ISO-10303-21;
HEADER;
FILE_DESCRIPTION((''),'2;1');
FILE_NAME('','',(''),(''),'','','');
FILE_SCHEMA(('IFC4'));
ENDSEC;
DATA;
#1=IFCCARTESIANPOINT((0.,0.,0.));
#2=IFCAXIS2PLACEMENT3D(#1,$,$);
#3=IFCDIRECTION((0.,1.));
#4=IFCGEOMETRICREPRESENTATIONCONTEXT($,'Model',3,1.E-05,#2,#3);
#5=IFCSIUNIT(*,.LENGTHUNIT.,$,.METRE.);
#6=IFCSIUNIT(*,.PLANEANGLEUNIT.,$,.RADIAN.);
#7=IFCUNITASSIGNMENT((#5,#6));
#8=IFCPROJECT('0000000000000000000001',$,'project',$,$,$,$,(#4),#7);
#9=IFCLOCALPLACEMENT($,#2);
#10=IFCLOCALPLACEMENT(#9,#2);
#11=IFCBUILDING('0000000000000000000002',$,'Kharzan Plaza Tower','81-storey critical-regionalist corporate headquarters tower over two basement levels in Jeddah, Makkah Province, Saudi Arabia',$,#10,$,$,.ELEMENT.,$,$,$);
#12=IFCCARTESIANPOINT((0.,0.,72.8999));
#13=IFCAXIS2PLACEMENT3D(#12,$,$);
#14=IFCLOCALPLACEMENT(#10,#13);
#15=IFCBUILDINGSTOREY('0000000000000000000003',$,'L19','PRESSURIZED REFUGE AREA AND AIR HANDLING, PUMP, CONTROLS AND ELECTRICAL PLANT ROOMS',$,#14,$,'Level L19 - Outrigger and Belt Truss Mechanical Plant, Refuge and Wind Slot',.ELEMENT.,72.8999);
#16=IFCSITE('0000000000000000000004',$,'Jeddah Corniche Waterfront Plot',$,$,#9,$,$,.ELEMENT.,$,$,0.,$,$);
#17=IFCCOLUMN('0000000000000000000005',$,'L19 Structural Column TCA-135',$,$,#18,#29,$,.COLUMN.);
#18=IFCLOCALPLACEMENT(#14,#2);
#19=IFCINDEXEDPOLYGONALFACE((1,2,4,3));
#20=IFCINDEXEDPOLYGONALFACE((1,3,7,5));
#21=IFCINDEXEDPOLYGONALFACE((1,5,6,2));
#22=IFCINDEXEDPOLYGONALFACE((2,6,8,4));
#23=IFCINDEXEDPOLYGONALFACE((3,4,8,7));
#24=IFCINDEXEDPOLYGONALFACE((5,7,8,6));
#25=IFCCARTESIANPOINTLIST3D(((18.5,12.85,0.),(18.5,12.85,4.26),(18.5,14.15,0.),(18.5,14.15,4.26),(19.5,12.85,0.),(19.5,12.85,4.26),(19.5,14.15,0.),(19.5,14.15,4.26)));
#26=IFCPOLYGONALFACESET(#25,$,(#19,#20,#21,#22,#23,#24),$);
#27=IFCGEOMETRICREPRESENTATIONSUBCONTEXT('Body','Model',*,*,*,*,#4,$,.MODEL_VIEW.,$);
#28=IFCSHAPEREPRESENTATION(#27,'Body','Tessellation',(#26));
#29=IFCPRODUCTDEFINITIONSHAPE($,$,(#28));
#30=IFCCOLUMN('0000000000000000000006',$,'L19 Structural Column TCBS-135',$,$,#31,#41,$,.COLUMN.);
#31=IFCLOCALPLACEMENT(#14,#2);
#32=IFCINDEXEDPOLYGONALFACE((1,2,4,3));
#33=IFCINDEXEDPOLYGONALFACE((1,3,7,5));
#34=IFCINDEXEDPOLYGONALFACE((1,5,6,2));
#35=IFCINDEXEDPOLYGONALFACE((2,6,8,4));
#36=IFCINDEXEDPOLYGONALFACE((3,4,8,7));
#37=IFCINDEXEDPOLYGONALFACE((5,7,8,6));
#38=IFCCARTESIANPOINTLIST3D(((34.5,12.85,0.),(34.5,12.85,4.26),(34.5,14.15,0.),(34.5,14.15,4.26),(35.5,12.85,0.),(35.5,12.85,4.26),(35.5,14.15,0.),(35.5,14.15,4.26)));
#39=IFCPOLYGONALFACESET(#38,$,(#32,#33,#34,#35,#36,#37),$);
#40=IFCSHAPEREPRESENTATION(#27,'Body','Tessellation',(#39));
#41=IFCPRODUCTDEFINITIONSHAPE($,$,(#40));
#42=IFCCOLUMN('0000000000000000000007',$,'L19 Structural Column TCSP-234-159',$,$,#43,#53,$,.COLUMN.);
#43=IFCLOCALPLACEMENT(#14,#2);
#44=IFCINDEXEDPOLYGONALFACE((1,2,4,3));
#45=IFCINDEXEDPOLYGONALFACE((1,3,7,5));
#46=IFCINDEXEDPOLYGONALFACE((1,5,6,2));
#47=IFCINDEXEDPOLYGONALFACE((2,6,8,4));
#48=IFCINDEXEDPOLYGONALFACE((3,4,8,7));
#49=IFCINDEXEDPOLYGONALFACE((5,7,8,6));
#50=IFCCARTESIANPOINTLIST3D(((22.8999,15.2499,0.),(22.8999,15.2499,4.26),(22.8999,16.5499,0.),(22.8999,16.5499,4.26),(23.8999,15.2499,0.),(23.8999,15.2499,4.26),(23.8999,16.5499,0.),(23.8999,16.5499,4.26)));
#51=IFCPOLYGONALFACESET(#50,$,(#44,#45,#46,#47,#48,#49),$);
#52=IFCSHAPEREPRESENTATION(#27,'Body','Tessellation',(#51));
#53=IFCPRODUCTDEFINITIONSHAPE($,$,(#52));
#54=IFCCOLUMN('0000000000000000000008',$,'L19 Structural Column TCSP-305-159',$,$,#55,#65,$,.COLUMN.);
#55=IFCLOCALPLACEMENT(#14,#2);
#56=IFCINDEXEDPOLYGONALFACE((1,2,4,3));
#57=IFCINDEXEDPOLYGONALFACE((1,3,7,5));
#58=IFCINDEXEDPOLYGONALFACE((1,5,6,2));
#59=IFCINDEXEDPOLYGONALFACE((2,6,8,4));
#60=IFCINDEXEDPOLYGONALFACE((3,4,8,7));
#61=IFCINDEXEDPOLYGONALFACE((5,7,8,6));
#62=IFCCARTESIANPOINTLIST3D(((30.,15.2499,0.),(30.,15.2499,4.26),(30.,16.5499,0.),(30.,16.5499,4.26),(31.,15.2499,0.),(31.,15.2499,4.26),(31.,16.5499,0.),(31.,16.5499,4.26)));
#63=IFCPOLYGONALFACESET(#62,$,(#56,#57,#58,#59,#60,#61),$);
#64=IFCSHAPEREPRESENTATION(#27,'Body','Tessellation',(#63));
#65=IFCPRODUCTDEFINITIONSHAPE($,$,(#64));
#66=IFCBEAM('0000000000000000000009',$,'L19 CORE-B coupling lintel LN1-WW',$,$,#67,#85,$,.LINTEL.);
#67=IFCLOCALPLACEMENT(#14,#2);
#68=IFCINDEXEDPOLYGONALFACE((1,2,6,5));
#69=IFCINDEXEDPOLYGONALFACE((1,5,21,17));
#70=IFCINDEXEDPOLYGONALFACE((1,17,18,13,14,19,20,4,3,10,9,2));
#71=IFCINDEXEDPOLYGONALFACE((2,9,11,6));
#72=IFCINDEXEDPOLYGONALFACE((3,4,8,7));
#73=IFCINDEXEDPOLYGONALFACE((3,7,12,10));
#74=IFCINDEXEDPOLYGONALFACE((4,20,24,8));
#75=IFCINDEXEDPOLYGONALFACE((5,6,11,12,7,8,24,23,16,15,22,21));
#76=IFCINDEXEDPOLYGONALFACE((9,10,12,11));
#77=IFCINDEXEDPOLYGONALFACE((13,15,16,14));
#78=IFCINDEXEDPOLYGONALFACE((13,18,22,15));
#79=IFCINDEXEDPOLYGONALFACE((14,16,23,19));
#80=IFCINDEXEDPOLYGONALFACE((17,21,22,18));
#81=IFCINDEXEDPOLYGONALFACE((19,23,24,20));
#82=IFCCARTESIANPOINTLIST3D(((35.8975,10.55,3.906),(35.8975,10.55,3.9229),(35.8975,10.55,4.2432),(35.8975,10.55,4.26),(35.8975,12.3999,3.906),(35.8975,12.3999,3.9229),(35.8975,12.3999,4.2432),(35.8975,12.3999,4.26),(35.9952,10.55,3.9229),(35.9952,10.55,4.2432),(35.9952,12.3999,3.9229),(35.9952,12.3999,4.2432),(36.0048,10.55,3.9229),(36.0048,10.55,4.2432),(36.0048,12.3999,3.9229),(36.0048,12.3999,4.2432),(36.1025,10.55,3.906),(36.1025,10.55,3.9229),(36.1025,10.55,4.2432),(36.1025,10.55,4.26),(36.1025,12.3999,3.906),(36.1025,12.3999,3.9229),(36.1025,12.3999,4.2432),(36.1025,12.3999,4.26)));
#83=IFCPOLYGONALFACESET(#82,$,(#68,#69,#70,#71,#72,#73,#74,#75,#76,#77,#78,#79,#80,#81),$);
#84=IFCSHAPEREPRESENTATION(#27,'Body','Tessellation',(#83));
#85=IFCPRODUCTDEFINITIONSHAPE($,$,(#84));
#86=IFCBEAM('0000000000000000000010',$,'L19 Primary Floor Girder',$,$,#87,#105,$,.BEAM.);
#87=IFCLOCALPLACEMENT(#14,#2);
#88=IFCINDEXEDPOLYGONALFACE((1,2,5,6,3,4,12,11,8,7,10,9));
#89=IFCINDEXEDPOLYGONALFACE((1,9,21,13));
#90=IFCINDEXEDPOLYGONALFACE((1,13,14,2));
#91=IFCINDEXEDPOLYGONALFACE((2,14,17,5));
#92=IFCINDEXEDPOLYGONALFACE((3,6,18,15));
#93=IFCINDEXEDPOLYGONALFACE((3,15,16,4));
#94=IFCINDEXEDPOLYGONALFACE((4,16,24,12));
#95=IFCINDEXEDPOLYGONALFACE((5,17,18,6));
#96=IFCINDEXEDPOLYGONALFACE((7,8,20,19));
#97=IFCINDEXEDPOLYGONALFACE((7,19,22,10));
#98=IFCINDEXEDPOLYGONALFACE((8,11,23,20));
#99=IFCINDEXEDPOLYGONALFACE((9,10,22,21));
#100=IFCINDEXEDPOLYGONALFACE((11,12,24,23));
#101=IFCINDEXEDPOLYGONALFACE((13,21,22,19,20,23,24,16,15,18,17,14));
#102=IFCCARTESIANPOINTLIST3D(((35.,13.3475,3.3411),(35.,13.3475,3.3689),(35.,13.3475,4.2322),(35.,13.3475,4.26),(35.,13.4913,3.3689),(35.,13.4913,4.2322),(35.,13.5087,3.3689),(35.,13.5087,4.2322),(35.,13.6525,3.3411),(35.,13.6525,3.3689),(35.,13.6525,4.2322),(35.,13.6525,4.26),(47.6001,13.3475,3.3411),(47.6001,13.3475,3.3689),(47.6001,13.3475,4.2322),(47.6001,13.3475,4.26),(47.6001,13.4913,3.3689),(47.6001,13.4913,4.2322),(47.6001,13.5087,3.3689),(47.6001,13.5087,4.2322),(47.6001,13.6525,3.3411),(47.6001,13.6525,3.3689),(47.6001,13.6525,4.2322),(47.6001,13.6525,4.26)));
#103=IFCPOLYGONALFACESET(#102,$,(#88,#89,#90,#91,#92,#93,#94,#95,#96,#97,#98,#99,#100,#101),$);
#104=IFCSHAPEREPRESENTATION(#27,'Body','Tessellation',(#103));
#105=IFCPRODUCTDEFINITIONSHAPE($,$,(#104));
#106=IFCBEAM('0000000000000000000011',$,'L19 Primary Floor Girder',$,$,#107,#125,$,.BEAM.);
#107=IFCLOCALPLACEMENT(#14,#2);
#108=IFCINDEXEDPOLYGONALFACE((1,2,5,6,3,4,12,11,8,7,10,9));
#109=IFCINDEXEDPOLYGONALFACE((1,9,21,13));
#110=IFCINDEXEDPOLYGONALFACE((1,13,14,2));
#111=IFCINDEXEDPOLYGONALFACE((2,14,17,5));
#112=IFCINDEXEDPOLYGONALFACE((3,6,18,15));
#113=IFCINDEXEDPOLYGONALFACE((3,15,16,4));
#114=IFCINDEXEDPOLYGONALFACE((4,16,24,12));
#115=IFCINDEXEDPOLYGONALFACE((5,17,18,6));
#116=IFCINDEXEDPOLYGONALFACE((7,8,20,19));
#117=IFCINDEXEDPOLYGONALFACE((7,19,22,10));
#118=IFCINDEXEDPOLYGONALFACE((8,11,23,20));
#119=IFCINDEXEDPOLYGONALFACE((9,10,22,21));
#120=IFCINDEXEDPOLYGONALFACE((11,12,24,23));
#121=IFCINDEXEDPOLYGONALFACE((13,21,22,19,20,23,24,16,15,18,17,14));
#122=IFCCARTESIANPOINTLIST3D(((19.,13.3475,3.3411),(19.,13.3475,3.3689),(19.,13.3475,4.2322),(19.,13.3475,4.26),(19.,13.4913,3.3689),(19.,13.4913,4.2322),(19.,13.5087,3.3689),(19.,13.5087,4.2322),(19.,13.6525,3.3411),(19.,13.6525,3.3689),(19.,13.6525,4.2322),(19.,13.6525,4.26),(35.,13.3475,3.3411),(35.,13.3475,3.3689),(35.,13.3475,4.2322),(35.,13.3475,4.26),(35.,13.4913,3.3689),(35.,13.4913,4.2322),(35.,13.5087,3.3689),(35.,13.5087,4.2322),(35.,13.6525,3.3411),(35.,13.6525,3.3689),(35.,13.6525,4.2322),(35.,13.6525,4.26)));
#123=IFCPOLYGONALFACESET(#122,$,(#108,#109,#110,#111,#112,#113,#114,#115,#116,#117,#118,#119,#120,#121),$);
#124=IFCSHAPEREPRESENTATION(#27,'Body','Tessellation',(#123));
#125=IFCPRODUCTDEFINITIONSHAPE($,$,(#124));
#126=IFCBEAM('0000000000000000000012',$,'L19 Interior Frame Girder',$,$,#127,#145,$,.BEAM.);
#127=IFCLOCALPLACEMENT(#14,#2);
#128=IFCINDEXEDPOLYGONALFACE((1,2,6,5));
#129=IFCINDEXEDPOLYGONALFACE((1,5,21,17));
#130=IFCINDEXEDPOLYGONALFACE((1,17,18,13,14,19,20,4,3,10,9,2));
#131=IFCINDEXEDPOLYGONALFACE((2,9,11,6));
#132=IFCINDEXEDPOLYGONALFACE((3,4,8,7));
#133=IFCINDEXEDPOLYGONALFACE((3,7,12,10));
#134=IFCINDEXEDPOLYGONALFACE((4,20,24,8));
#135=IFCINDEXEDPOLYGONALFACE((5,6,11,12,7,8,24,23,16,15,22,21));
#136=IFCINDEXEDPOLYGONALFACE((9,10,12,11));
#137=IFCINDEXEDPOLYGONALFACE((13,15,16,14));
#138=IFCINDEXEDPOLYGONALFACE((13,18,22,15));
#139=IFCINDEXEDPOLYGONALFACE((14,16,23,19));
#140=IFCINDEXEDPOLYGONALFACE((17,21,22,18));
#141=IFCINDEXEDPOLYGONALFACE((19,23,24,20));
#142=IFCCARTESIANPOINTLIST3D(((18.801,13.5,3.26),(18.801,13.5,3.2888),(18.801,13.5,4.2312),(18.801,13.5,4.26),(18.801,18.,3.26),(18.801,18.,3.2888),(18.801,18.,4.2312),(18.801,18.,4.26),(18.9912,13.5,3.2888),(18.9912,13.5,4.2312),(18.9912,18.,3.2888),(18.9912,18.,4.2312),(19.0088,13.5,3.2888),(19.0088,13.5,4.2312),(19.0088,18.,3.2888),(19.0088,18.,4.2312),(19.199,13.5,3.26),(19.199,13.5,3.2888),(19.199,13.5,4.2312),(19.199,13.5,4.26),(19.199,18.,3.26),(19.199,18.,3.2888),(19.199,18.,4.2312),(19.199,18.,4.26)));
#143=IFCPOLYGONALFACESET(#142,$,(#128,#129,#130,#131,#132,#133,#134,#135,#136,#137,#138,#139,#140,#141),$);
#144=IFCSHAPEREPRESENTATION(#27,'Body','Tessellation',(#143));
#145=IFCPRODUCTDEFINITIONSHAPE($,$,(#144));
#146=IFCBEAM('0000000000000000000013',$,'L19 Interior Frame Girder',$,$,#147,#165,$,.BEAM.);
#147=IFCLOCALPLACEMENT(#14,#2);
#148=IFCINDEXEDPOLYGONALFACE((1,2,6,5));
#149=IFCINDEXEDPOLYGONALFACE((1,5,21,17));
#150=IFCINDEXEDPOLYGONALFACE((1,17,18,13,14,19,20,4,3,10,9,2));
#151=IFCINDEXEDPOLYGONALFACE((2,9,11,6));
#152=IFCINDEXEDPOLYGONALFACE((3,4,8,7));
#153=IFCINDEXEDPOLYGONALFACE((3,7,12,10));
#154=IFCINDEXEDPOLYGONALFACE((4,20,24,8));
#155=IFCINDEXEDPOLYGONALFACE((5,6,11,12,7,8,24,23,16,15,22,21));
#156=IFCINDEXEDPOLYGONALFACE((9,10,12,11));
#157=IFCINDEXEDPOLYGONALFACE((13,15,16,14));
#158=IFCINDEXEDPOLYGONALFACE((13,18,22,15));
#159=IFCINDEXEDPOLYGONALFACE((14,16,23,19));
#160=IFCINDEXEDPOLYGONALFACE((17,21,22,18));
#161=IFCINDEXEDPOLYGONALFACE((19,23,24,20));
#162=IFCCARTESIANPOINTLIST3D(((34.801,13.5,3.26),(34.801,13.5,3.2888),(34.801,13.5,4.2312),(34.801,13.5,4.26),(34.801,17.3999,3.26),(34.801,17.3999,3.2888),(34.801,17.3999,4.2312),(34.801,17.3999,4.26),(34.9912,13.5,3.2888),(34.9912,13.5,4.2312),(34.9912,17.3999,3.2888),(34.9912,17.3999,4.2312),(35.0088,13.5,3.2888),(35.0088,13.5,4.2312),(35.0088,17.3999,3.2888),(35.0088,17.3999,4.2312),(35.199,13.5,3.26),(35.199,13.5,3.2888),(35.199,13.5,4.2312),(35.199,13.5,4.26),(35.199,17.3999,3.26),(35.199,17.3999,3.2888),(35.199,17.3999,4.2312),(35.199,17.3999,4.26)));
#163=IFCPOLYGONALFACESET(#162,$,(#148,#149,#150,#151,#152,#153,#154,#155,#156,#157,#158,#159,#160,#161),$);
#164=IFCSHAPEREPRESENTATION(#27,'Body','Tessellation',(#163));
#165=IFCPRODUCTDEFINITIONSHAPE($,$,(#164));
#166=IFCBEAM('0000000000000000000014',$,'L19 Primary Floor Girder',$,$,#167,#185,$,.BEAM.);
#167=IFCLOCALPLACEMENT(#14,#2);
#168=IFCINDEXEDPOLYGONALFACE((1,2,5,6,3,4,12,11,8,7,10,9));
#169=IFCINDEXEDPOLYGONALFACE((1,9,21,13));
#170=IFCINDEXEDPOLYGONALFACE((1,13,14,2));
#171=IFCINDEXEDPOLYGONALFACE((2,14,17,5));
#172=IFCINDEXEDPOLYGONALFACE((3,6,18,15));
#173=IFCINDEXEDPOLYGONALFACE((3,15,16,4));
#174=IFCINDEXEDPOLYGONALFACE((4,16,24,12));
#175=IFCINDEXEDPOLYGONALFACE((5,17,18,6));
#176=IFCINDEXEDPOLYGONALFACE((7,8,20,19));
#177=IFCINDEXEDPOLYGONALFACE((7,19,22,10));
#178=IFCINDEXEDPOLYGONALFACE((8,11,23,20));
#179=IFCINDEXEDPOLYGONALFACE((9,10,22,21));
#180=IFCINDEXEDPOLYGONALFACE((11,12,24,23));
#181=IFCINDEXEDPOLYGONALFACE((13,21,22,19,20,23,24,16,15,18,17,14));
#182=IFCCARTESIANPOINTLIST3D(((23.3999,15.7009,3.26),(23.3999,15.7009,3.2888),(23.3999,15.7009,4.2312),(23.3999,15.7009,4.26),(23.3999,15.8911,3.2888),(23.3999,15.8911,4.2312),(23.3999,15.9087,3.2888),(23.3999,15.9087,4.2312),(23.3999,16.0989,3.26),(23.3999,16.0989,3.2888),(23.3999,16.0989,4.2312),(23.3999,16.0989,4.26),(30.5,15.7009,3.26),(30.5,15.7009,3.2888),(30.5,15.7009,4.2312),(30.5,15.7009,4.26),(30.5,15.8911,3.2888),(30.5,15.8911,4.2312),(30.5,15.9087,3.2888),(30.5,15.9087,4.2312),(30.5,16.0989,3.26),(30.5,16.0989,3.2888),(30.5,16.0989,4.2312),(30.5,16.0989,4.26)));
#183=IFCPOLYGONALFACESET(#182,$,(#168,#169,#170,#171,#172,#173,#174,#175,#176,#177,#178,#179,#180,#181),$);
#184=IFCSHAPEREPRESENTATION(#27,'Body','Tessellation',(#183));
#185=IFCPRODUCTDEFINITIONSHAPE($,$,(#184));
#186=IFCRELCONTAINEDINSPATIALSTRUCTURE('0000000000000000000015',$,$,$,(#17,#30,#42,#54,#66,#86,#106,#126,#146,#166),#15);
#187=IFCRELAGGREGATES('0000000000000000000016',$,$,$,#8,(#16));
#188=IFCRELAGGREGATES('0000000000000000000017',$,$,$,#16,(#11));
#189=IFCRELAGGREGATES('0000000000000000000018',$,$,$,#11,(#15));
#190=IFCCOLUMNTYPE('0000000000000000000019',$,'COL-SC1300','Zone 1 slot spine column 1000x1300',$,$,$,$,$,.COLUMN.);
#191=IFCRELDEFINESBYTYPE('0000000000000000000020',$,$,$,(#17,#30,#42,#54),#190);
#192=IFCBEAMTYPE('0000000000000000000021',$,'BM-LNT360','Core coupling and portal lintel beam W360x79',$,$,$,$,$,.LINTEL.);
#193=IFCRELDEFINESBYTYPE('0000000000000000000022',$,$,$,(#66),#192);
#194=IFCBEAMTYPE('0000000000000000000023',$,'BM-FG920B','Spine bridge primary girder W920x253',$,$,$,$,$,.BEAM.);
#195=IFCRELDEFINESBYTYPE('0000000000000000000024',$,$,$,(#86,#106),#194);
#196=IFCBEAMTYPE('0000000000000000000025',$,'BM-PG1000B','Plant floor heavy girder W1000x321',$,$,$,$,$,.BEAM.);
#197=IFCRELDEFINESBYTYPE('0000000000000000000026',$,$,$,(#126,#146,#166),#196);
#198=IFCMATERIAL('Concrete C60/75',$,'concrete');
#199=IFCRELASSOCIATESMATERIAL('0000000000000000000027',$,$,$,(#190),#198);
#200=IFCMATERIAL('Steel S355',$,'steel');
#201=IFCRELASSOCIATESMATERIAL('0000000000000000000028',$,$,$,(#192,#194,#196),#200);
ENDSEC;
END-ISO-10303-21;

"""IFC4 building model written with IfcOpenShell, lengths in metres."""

from ifc_helpers import new_model, si_unit, direction, frame, origin, origin_2d, place, context, subcontext, project, spatial, rectangle, i_section, extrude, source, transform, mapped, material, material_profile, profile_set, type_object, element, save


model = new_model("IFC4")

# Units and contexts
model_context = context("Model", 3, precision=1e-05, world=origin(), true_north=direction((0.0, 1.0)))
body_context = subcontext(model_context, "Body", "Model", "MODEL_VIEW")
ifc_project = project(units=[si_unit("LENGTHUNIT", "METRE"), si_unit("PLANEANGLEUNIT", "RADIAN")], contexts=[model_context])

# Site, building, storey
site_placement = place(None, origin())
site = spatial("IfcSite", under=ifc_project, at=site_placement, Name="Jeddah Corniche Waterfront Plot", CompositionType="ELEMENT", RefElevation=0.0)
building_placement = place(site_placement, origin())
building = spatial("IfcBuilding", under=site, at=building_placement, Name="Kharzan Plaza Tower", Description="81-storey critical-regionalist corporate headquarters tower over two basement levels in Jeddah, Makkah Province, Saudi Arabia", CompositionType="ELEMENT")
storey_placement = place(building_placement, frame((0.0, 0.0, 72.8999)))
storey = spatial("IfcBuildingStorey", under=building, at=storey_placement, Name="L19", Description="PRESSURIZED REFUGE AREA AND AIR HANDLING, PUMP, CONTROLS AND ELECTRICAL PLANT ROOMS", LongName="Level L19 - Outrigger and Belt Truss Mechanical Plant, Refuge and Wind Slot", CompositionType="ELEMENT", Elevation=72.8999)

# Columns
ifc_material_1 = material(Name="Concrete C60/75", Category="concrete")
ifc_material_profile_1 = material_profile(ifc_material_1, rectangle(XDim=1.0, YDim=1.3, at=origin_2d()), Name="RC-SC1300x1000")
ifc_profile_set_1 = profile_set([ifc_material_profile_1], Name="Concrete C60/75")
column_type = type_object("IfcColumnType", Name="COL-SC1300", Description="Zone 1 slot spine column 1000x1300", PredefinedType="COLUMN", material=ifc_profile_set_1)
shared_shape_1 = source(origin(), body_context, "Body", "SweptSolid", [
    extrude(rectangle(XDim=1.0, YDim=1.3, at=origin_2d()), origin(), (0.0, 0.0, 1.0), 4.26),
])
for number, where, z_axis, x_axis, name in (
    (1, (19.0, 13.5, 0.0), (0.0, 0.0, 1.0), (1.0, 0.0, 0.0), "L19 Structural Column TCA-135"),
    (2, (35.0, 13.5, 0.0), (0.0, 0.0, 1.0), (1.0, 0.0, 0.0), "L19 Structural Column TCBS-135"),
    (3, (23.3999, 15.8999, 0.0), (0.0, 0.0, 1.0), (1.0, 0.0, 0.0), "L19 Structural Column TCSP-234-159"),
    (4, (30.5, 15.8999, 0.0), (0.0, 0.0, 1.0), (1.0, 0.0, 0.0), "L19 Structural Column TCSP-305-159"),
):
    element("IfcColumn", number, at=place(storey_placement, frame(where, z_axis=z_axis, x_axis=x_axis)), inside=storey, type_object=column_type, Name=name, PredefinedType="COLUMN", context=body_context, shape_type="MappedRepresentation", body=[
        mapped(shared_shape_1, transform((0.0, 0.0, 0.0), x_axis=(1.0, 0.0, 0.0), y_axis=(0.0, 1.0, 0.0), z_axis=(0.0, 0.0, 1.0))),
    ])

# Beams
ifc_material_2 = material(Name="Steel S355", Category="steel")
ifc_material_profile_2 = material_profile(ifc_material_2, i_section(OverallWidth=0.2051, OverallDepth=0.354, WebThickness=0.0095, FlangeThickness=0.0168, at=origin_2d()), Name="W360x79")
ifc_profile_set_2 = profile_set([ifc_material_profile_2], Name="Steel S355")
beam_type_1 = type_object("IfcBeamType", Name="BM-LNT360", Description="Core coupling and portal lintel beam W360x79", PredefinedType="LINTEL", material=ifc_profile_set_2)
shared_shape_2 = source(origin(), body_context, "Body", "SweptSolid", [
    extrude(i_section(OverallWidth=0.2051, OverallDepth=0.354, WebThickness=0.0095, FlangeThickness=0.0168, at=origin_2d()), origin(), (0.0, 0.0, 1.0), 1.8499),
])
beam_1_placement = place(storey_placement, frame((36.0, 10.55, 4.083), z_axis=(0.0, 1.0, 0.0), x_axis=(-1.0, 0.0, 0.0)))
element("IfcBeam", 5, at=beam_1_placement, inside=storey, type_object=beam_type_1, Name="L19 CORE-B coupling lintel LN1-WW", PredefinedType="LINTEL", context=body_context, shape_type="MappedRepresentation", body=[
    mapped(shared_shape_2, transform((0.0, 0.0, 0.0), x_axis=(1.0, 0.0, 0.0), y_axis=(0.0, 1.0, 0.0), z_axis=(0.0, 0.0, 1.0))),
])
ifc_material_profile_3 = material_profile(ifc_material_2, i_section(OverallWidth=0.3049, OverallDepth=0.9189, WebThickness=0.0173, FlangeThickness=0.0278, at=origin_2d()), Name="W920x253")
ifc_profile_set_3 = profile_set([ifc_material_profile_3], Name="Steel S355")
beam_type_2 = type_object("IfcBeamType", Name="BM-FG920B", Description="Spine bridge primary girder W920x253", PredefinedType="BEAM", material=ifc_profile_set_3)
shared_shape_3 = source(origin(), body_context, "Body", "SweptSolid", [
    extrude(i_section(OverallWidth=0.3049, OverallDepth=0.9189, WebThickness=0.0173, FlangeThickness=0.0278, at=origin_2d()), origin(), (0.0, 0.0, 1.0), 12.6001),
])
beam_2_placement = place(storey_placement, frame((35.0, 13.5, 3.8005), z_axis=(1.0, 0.0, 0.0), x_axis=(0.0, 1.0, 0.0)))
element("IfcBeam", 6, at=beam_2_placement, inside=storey, type_object=beam_type_2, Name="L19 Primary Floor Girder", PredefinedType="BEAM", context=body_context, shape_type="MappedRepresentation", body=[
    mapped(shared_shape_3, transform((0.0, 0.0, 0.0), x_axis=(1.0, 0.0, 0.0), y_axis=(0.0, 1.0, 0.0), z_axis=(0.0, 0.0, 1.0))),
])
shared_shape_4 = source(origin(), body_context, "Body", "SweptSolid", [
    extrude(i_section(OverallWidth=0.3049, OverallDepth=0.9189, WebThickness=0.0173, FlangeThickness=0.0278, at=origin_2d()), origin(), (0.0, 0.0, 1.0), 16.0),
])
beam_3_placement = place(storey_placement, frame((19.0, 13.5, 3.8005), z_axis=(1.0, 0.0, 0.0), x_axis=(0.0, 1.0, 0.0)))
element("IfcBeam", 7, at=beam_3_placement, inside=storey, type_object=beam_type_2, Name="L19 Primary Floor Girder", PredefinedType="BEAM", context=body_context, shape_type="MappedRepresentation", body=[
    mapped(shared_shape_4, transform((0.0, 0.0, 0.0), x_axis=(1.0, 0.0, 0.0), y_axis=(0.0, 1.0, 0.0), z_axis=(0.0, 0.0, 1.0))),
])
ifc_material_profile_4 = material_profile(ifc_material_2, i_section(OverallWidth=0.3979, OverallDepth=1.0, WebThickness=0.0176, FlangeThickness=0.0288, at=origin_2d()), Name="W1000x321")
ifc_profile_set_4 = profile_set([ifc_material_profile_4], Name="Steel S355")
beam_type_3 = type_object("IfcBeamType", Name="BM-PG1000B", Description="Plant floor heavy girder W1000x321", PredefinedType="BEAM", material=ifc_profile_set_4)
shared_shape_5 = source(origin(), body_context, "Body", "SweptSolid", [
    extrude(i_section(OverallWidth=0.3979, OverallDepth=1.0, WebThickness=0.0176, FlangeThickness=0.0288, at=origin_2d()), origin(), (0.0, 0.0, 1.0), 4.5),
])
beam_4_placement = place(storey_placement, frame((19.0, 13.5, 3.76), z_axis=(0.0, 1.0, 0.0), x_axis=(-1.0, 0.0, 0.0)))
element("IfcBeam", 8, at=beam_4_placement, inside=storey, type_object=beam_type_3, Name="L19 Interior Frame Girder", PredefinedType="BEAM", context=body_context, shape_type="MappedRepresentation", body=[
    mapped(shared_shape_5, transform((0.0, 0.0, 0.0), x_axis=(1.0, 0.0, 0.0), y_axis=(0.0, 1.0, 0.0), z_axis=(0.0, 0.0, 1.0))),
])
shared_shape_6 = source(origin(), body_context, "Body", "SweptSolid", [
    extrude(i_section(OverallWidth=0.3979, OverallDepth=1.0, WebThickness=0.0176, FlangeThickness=0.0288, at=origin_2d()), origin(), (0.0, 0.0, 1.0), 3.8999),
])
beam_5_placement = place(storey_placement, frame((35.0, 13.5, 3.76), z_axis=(0.0, 1.0, 0.0), x_axis=(-1.0, 0.0, 0.0)))
element("IfcBeam", 9, at=beam_5_placement, inside=storey, type_object=beam_type_3, Name="L19 Interior Frame Girder", PredefinedType="BEAM", context=body_context, shape_type="MappedRepresentation", body=[
    mapped(shared_shape_6, transform((0.0, 0.0, 0.0), x_axis=(1.0, 0.0, 0.0), y_axis=(0.0, 1.0, 0.0), z_axis=(0.0, 0.0, 1.0))),
])
shared_shape_7 = source(origin(), body_context, "Body", "SweptSolid", [
    extrude(i_section(OverallWidth=0.3979, OverallDepth=1.0, WebThickness=0.0176, FlangeThickness=0.0288, at=origin_2d()), origin(), (0.0, 0.0, 1.0), 7.1001),
])
beam_6_placement = place(storey_placement, frame((23.3999, 15.8999, 3.76), z_axis=(1.0, 0.0, 0.0), x_axis=(0.0, 1.0, 0.0)))
element("IfcBeam", 10, at=beam_6_placement, inside=storey, type_object=beam_type_3, Name="L19 Primary Floor Girder", PredefinedType="BEAM", context=body_context, shape_type="MappedRepresentation", body=[
    mapped(shared_shape_7, transform((0.0, 0.0, 0.0), x_axis=(1.0, 0.0, 0.0), y_axis=(0.0, 1.0, 0.0), z_axis=(0.0, 0.0, 1.0))),
])

save(model, "model.ifc")
